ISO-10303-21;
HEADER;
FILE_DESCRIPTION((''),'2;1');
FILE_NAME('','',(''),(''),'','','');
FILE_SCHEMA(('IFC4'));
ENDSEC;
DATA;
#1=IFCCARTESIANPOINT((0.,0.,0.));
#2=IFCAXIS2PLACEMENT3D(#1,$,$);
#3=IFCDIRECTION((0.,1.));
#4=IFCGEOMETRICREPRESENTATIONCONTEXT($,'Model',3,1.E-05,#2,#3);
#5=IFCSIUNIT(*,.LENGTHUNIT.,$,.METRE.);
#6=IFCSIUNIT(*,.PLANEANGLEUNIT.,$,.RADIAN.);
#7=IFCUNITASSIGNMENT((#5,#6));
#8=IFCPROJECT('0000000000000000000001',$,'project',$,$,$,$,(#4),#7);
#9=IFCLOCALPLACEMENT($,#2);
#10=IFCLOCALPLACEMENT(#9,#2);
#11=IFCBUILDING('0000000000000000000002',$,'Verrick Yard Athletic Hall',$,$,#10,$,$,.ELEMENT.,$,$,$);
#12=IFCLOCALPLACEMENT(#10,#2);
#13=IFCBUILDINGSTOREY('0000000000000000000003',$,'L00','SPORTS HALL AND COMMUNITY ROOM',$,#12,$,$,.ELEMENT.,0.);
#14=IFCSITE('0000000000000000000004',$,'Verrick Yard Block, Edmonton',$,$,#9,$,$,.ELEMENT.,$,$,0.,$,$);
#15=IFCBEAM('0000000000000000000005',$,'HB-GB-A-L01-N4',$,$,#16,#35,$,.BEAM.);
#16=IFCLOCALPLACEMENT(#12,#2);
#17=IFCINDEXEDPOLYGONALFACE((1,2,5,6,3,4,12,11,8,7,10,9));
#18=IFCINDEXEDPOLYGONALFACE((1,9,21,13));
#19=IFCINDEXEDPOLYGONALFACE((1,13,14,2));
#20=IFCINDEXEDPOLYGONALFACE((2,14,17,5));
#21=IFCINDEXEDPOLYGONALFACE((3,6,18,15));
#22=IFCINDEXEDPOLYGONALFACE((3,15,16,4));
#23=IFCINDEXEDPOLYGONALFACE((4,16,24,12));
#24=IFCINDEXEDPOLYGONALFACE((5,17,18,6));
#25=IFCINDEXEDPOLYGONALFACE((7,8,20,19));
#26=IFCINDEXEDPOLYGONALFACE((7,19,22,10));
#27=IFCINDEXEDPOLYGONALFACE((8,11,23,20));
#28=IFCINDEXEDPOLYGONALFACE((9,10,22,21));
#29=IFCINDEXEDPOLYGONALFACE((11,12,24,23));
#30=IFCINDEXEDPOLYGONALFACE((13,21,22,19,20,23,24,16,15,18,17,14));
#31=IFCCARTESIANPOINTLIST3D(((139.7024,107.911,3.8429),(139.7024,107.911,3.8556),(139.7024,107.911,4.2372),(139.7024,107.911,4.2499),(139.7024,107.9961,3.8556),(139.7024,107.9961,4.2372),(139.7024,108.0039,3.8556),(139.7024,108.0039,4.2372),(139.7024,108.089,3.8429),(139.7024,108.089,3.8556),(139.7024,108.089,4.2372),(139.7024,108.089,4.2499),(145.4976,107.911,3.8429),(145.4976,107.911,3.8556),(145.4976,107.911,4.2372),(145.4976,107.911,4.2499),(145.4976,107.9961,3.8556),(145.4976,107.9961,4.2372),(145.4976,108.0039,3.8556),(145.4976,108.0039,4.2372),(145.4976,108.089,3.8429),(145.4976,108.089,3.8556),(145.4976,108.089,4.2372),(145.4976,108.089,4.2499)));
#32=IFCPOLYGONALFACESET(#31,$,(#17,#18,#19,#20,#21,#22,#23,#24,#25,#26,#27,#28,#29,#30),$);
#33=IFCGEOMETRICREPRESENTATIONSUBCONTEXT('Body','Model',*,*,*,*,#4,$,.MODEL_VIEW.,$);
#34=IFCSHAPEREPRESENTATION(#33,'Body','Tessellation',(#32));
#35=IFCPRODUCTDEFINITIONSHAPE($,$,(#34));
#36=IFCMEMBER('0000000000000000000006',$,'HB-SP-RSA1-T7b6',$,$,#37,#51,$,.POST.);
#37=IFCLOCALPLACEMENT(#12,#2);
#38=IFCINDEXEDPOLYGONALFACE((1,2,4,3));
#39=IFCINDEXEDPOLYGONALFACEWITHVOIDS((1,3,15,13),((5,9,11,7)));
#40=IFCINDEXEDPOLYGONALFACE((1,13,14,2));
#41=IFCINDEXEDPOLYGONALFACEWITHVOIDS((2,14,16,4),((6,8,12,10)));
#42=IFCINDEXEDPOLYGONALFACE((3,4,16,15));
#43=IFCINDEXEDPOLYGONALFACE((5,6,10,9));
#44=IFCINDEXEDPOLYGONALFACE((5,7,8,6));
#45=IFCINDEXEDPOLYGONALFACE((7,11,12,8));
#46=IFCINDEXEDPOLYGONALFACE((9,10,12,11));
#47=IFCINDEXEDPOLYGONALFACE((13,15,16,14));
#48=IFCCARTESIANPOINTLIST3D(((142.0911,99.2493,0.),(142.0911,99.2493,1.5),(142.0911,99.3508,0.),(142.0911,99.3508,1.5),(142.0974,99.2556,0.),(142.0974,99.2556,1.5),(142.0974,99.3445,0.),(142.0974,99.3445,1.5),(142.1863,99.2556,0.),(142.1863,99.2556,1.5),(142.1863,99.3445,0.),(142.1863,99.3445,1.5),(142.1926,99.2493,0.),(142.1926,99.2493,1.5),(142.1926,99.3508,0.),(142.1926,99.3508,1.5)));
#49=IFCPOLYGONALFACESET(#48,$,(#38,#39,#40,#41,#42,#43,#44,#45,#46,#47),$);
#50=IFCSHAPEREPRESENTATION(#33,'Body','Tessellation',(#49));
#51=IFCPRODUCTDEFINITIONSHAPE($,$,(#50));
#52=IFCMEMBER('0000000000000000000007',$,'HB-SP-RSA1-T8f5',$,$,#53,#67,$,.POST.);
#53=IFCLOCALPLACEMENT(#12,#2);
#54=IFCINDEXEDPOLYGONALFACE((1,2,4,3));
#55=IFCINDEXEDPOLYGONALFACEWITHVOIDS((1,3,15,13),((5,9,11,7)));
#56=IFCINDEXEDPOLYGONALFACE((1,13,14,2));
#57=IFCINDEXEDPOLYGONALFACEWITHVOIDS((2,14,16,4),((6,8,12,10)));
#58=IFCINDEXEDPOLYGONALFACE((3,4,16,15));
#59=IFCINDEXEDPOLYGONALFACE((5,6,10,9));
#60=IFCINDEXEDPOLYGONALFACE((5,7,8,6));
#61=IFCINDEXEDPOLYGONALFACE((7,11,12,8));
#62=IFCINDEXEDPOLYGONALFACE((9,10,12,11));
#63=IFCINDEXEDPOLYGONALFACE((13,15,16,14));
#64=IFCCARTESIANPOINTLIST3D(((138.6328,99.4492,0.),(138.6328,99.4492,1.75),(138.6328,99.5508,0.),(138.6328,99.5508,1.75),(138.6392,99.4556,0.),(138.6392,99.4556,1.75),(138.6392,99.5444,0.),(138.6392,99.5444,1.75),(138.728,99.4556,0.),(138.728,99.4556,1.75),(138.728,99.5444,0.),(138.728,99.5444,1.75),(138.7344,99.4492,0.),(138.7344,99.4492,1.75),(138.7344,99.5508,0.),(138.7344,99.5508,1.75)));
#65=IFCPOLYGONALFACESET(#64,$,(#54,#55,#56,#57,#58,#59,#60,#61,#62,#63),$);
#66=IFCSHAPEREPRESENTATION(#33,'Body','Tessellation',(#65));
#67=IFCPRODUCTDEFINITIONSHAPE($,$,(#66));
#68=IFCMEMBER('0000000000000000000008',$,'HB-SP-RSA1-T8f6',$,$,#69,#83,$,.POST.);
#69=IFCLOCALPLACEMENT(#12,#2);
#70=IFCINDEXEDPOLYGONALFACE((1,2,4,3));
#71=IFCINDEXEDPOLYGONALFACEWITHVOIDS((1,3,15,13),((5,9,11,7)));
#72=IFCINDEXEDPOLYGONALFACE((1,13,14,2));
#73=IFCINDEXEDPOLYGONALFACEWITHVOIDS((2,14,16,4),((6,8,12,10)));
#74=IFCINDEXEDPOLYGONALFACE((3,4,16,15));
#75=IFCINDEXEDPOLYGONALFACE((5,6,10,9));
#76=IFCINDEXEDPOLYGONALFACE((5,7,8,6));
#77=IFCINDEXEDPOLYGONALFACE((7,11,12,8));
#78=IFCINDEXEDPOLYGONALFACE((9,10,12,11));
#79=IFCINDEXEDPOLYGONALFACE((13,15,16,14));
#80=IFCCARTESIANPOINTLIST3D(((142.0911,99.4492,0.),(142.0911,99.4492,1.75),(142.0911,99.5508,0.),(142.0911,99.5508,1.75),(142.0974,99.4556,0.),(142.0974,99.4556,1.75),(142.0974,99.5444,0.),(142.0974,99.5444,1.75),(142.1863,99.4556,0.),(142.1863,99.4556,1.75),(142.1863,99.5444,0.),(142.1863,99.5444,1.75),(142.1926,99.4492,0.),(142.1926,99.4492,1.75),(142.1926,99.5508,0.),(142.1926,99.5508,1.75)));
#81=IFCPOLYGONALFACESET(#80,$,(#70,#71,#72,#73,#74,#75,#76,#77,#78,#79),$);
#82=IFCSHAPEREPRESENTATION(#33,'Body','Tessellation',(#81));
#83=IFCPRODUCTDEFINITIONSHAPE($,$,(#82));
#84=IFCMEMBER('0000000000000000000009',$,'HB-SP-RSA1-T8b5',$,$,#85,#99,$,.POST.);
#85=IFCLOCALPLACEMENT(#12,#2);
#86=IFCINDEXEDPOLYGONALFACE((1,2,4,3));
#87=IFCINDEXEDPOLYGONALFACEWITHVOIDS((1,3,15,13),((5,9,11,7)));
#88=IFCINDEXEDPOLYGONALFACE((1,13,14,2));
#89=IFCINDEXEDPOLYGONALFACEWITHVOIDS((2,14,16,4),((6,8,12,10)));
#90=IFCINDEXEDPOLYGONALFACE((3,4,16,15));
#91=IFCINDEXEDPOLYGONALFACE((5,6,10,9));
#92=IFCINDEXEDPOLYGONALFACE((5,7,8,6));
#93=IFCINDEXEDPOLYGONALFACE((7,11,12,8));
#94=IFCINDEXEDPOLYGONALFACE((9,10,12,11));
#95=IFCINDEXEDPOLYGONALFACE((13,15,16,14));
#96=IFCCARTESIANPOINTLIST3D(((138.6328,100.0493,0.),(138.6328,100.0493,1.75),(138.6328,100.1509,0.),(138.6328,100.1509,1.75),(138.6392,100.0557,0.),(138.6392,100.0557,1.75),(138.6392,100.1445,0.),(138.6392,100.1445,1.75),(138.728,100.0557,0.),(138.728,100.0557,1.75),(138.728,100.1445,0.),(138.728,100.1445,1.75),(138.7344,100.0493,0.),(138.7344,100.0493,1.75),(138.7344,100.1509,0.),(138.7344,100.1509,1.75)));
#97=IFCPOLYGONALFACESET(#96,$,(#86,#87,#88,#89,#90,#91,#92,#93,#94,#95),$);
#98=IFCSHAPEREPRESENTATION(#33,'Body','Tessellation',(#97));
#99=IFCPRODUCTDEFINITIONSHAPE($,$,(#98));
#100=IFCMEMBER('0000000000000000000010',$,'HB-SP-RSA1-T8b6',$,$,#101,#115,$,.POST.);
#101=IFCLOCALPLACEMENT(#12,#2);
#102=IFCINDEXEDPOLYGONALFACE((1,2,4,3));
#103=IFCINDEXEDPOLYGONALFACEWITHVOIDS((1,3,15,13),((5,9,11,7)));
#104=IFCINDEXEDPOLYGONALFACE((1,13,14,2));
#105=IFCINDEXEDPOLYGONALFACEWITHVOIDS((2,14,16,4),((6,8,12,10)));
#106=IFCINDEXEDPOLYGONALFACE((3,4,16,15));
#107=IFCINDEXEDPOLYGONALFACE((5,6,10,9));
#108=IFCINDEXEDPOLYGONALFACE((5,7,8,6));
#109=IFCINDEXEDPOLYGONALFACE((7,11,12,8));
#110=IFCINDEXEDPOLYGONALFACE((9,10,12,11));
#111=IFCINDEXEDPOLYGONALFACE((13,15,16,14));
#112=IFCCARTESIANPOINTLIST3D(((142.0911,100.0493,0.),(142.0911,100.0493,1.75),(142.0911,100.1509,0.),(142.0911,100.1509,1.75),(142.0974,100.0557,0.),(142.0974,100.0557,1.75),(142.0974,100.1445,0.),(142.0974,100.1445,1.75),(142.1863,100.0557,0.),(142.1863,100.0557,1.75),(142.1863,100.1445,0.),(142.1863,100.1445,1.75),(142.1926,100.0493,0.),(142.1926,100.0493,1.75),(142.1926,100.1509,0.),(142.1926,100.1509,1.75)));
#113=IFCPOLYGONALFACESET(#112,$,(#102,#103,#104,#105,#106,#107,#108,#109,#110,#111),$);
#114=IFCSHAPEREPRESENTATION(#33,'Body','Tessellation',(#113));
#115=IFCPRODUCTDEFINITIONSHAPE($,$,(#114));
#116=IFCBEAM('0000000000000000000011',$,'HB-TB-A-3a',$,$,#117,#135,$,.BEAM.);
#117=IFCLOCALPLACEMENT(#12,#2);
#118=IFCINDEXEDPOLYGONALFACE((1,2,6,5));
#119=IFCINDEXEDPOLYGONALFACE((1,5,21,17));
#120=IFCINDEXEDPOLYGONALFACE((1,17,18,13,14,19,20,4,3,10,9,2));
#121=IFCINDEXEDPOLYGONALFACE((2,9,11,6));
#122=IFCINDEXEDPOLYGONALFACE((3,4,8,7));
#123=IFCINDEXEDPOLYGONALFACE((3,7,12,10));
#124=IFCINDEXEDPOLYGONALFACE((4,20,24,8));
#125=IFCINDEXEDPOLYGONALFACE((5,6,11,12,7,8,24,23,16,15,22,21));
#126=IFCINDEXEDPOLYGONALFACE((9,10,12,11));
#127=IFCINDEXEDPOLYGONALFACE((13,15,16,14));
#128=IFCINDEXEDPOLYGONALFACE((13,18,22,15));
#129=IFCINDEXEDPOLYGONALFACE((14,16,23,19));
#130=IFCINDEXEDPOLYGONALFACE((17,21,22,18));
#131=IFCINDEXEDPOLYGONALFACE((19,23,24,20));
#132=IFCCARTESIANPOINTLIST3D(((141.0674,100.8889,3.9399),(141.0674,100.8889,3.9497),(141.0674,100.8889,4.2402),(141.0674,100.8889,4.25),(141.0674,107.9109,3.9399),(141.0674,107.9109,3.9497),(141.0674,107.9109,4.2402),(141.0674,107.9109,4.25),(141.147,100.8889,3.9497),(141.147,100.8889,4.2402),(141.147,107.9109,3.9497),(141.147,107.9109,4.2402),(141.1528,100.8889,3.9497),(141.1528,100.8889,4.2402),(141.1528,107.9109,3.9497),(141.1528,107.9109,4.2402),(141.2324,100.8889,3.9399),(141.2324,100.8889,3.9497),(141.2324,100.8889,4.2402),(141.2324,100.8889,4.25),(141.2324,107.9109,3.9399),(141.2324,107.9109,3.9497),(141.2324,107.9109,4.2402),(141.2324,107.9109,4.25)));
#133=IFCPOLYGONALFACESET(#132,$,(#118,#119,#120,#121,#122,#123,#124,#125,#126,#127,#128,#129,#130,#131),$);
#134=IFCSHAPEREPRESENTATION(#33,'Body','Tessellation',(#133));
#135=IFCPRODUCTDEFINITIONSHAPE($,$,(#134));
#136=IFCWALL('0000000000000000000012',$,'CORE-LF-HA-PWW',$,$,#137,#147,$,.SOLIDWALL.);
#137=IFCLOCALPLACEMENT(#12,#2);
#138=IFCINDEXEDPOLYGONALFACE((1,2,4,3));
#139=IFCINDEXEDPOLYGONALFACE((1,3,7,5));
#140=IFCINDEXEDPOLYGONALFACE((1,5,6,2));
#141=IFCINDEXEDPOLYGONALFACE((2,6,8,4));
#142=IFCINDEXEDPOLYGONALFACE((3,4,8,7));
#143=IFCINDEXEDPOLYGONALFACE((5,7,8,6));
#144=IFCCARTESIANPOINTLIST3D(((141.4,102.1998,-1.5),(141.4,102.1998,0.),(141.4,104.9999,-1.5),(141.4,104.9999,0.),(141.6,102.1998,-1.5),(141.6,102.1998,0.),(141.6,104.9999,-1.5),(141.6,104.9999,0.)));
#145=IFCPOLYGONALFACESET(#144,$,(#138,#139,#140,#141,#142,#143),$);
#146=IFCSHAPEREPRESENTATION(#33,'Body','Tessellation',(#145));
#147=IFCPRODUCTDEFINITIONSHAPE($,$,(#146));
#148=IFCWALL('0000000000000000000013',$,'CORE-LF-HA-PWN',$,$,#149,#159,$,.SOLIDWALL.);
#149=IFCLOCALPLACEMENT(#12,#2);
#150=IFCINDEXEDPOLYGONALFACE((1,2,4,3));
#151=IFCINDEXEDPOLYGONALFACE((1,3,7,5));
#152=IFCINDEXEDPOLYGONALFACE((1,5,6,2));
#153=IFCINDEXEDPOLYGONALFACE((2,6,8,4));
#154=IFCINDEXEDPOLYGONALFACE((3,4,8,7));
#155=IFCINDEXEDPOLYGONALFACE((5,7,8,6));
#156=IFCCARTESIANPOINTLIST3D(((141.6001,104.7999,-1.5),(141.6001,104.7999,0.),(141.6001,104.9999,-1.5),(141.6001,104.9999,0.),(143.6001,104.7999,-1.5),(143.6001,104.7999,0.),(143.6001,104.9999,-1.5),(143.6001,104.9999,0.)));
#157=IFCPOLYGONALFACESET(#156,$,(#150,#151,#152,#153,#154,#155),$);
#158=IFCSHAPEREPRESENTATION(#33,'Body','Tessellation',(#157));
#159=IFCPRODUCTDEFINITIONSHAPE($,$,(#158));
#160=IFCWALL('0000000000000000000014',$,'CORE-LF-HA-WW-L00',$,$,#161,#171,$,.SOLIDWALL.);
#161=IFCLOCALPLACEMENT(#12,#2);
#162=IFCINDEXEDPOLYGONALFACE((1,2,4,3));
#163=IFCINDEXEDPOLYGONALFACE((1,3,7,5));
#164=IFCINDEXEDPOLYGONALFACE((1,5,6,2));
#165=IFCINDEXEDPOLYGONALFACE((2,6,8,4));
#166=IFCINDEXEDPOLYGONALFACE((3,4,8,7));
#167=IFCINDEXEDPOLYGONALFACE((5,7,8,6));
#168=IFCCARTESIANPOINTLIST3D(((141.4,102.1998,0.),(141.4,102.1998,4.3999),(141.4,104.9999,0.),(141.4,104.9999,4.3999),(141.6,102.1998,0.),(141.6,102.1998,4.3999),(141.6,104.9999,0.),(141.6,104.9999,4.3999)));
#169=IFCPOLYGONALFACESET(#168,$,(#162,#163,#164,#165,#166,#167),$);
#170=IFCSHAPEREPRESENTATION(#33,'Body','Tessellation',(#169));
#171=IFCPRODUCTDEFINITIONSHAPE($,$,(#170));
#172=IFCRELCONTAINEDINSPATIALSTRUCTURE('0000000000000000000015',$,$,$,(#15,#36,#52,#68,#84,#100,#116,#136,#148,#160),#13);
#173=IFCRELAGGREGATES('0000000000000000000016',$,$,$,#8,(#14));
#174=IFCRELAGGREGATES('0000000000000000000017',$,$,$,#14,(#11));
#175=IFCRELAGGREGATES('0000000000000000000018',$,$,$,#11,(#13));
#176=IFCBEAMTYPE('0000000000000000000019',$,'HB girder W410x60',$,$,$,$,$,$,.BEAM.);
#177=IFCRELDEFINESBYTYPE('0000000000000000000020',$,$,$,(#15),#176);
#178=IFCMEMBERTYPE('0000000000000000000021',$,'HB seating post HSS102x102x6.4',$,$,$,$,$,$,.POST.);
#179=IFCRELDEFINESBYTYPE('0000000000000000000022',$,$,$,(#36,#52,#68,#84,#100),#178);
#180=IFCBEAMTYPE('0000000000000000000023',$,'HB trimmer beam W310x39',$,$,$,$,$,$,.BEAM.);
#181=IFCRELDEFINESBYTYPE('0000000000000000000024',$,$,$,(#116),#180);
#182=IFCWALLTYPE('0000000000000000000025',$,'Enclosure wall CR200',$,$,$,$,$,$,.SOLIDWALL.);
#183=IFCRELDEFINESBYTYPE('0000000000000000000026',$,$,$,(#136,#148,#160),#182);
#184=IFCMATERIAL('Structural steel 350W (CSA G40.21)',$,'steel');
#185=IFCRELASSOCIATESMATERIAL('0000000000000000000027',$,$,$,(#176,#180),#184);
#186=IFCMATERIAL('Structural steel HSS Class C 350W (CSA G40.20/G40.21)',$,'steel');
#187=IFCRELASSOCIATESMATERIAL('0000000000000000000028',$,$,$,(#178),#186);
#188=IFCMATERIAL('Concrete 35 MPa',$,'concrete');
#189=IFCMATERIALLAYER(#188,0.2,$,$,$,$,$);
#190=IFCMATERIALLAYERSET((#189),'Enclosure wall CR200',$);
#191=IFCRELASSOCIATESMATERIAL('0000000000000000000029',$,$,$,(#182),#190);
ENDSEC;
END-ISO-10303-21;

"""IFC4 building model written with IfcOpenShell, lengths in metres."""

from ifc_helpers import new_model, si_unit, direction, frame, frame_2d, origin, origin_2d, place, context, subcontext, project, spatial, rectangle, hollow_rectangle, i_section, extrude, material, layer, layer_set, material_profile, profile_set, type_object, element, save


model = new_model("IFC4")

# Units and contexts
model_context = context("Model", 3, precision=1e-05, world=origin(), true_north=direction((0.0, 1.0)))
body_context = subcontext(model_context, "Body", "Model", "MODEL_VIEW")
ifc_project = project(units=[si_unit("LENGTHUNIT", "METRE"), si_unit("PLANEANGLEUNIT", "RADIAN")], contexts=[model_context])

# Site, building, storey
site_placement = place(None, origin())
site = spatial("IfcSite", under=ifc_project, at=site_placement, Name="Verrick Yard Block, Edmonton", CompositionType="ELEMENT", RefElevation=0.0)
building_placement = place(site_placement, origin())
building = spatial("IfcBuilding", under=site, at=building_placement, Name="Verrick Yard Athletic Hall", CompositionType="ELEMENT")
storey_placement = place(building_placement, origin())
storey = spatial("IfcBuildingStorey", under=building, at=storey_placement, Name="L00", Description="SPORTS HALL AND COMMUNITY ROOM", CompositionType="ELEMENT", Elevation=0.0)

# Shared definitions
ifc_material_1 = material(Name="Concrete 35 MPa", Category="concrete")

# Shared definitions
ifc_material_2 = material(Name="Structural steel 350W (CSA G40.21)", Category="steel")

# Beam
ifc_material_profile_1 = material_profile(ifc_material_2, i_section(OverallWidth=0.178, OverallDepth=0.407, WebThickness=0.0078, FlangeThickness=0.0127, at=origin_2d()), Name="W410x60")
ifc_profile_set_1 = profile_set([ifc_material_profile_1], Name="Structural steel 350W (CSA G40.21)")
beam_type_1 = type_object("IfcBeamType", Name="HB girder W410x60", PredefinedType="BEAM", material=ifc_profile_set_1)
for number, where, z_axis, x_axis, name in (
    (1, (139.7024, 108.0, 4.0464), (1.0, 0.0, 0.0), (0.0, 1.0, 0.0), "HB-GB-A-L01-N4"),
):
    element("IfcBeam", number, at=place(storey_placement, frame(where, z_axis=z_axis, x_axis=x_axis)), inside=storey, type_object=beam_type_1, Name=name, PredefinedType="BEAM", context=body_context, shape_type="SweptSolid", body=[
        extrude(i_section(OverallWidth=0.178, OverallDepth=0.407, WebThickness=0.0078, FlangeThickness=0.0127, at=origin_2d()), origin(), (0.0, 0.0, 1.0), 5.7952),
    ])

# Members
ifc_material_3 = material(Name="Structural steel HSS Class C 350W (CSA G40.20/G40.21)", Category="steel")
ifc_material_profile_2 = material_profile(ifc_material_3, hollow_rectangle(XDim=0.1016, YDim=0.1016, WallThickness=0.0063, at=origin_2d()), Name="HSS102x102x6.4")
ifc_profile_set_2 = profile_set([ifc_material_profile_2], Name="Structural steel HSS Class C 350W (CSA G40.20/G40.21)")
member_type = type_object("IfcMemberType", Name="HB seating post HSS102x102x6.4", PredefinedType="POST", material=ifc_profile_set_2)
member_placement = place(storey_placement, frame((142.1418, 99.3, 0.0), z_axis=(0.0, 0.0, 1.0), x_axis=(0.0, 1.0, 0.0)))
element("IfcMember", 2, at=member_placement, inside=storey, type_object=member_type, Name="HB-SP-RSA1-T7b6", PredefinedType="POST", context=body_context, shape_type="SweptSolid", body=[
    extrude(hollow_rectangle(XDim=0.1016, YDim=0.1016, WallThickness=0.0063, at=origin_2d()), origin(), (0.0, 0.0, 1.0), 1.5),
])
for number, where, z_axis, x_axis, name in (
    (3, (138.6836, 99.5, 0.0), (0.0, 0.0, 1.0), (0.0, 1.0, 0.0), "HB-SP-RSA1-T8f5"),
    (4, (142.1418, 99.5, 0.0), (0.0, 0.0, 1.0), (0.0, 1.0, 0.0), "HB-SP-RSA1-T8f6"),
    (5, (138.6836, 100.1001, 0.0), (0.0, 0.0, 1.0), (0.0, 1.0, 0.0), "HB-SP-RSA1-T8b5"),
    (6, (142.1418, 100.1001, 0.0), (0.0, 0.0, 1.0), (0.0, 1.0, 0.0), "HB-SP-RSA1-T8b6"),
):
    element("IfcMember", number, at=place(storey_placement, frame(where, z_axis=z_axis, x_axis=x_axis)), inside=storey, type_object=member_type, Name=name, PredefinedType="POST", context=body_context, shape_type="SweptSolid", body=[
        extrude(hollow_rectangle(XDim=0.1016, YDim=0.1016, WallThickness=0.0063, at=origin_2d()), origin(), (0.0, 0.0, 1.0), 1.75),
    ])

# Beam
ifc_material_profile_3 = material_profile(ifc_material_2, i_section(OverallWidth=0.165, OverallDepth=0.3101, WebThickness=0.0059, FlangeThickness=0.0098, at=origin_2d()), Name="W310x39")
ifc_profile_set_3 = profile_set([ifc_material_profile_3], Name="Structural steel 350W (CSA G40.21)")
beam_type_2 = type_object("IfcBeamType", Name="HB trimmer beam W310x39", PredefinedType="BEAM", material=ifc_profile_set_3)
beam_placement = place(storey_placement, frame((141.1499, 100.8889, 4.095), z_axis=(0.0, 1.0, 0.0), x_axis=(-1.0, 0.0, 0.0)))
element("IfcBeam", 7, at=beam_placement, inside=storey, type_object=beam_type_2, Name="HB-TB-A-3a", PredefinedType="BEAM", context=body_context, shape_type="SweptSolid", body=[
    extrude(i_section(OverallWidth=0.165, OverallDepth=0.3101, WebThickness=0.0059, FlangeThickness=0.0098, at=origin_2d()), origin(), (0.0, 0.0, 1.0), 7.022),
])

# Walls
ifc_layer_1 = layer(ifc_material_1, 0.2)
ifc_layer_set_1 = layer_set([ifc_layer_1], Name="Enclosure wall CR200")
wall_type_1 = type_object("IfcWallType", Name="Enclosure wall CR200", PredefinedType="SOLIDWALL", material=ifc_layer_set_1)
wall_1_placement = place(storey_placement, frame((141.5, 102.2, -1.5), z_axis=(0.0, 0.0, 1.0), x_axis=(0.0, 1.0, 0.0)))
element("IfcWall", 8, at=wall_1_placement, inside=storey, type_object=wall_type_1, Name="CORE-LF-HA-PWW", PredefinedType="SOLIDWALL", context=body_context, shape_type="SweptSolid", body=[
    extrude(rectangle(XDim=2.8, YDim=0.2, at=frame_2d((1.3999, 0.0))), origin(), (0.0, 0.0, 1.0), 1.5),
])
wall_2_placement = place(storey_placement, frame((141.6001, 104.8999, -1.5), z_axis=(0.0, 0.0, 1.0), x_axis=(1.0, 0.0, 0.0)))
element("IfcWall", 9, at=wall_2_placement, inside=storey, type_object=wall_type_1, Name="CORE-LF-HA-PWN", PredefinedType="SOLIDWALL", context=body_context, shape_type="SweptSolid", body=[
    extrude(rectangle(XDim=2.0, YDim=0.2, at=frame_2d((1.0, 0.0))), origin(), (0.0, 0.0, 1.0), 1.5),
])
wall_3_placement = place(storey_placement, frame((141.5, 102.2, 0.0), z_axis=(0.0, 0.0, 1.0), x_axis=(0.0, 1.0, 0.0)))
element("IfcWall", 10, at=wall_3_placement, inside=storey, type_object=wall_type_1, Name="CORE-LF-HA-WW-L00", PredefinedType="SOLIDWALL", context=body_context, shape_type="SweptSolid", body=[
    extrude(rectangle(XDim=2.8, YDim=0.2, at=frame_2d((1.3999, 0.0))), origin(), (0.0, 0.0, 1.0), 4.3999),
])

save(model, "model.ifc")
